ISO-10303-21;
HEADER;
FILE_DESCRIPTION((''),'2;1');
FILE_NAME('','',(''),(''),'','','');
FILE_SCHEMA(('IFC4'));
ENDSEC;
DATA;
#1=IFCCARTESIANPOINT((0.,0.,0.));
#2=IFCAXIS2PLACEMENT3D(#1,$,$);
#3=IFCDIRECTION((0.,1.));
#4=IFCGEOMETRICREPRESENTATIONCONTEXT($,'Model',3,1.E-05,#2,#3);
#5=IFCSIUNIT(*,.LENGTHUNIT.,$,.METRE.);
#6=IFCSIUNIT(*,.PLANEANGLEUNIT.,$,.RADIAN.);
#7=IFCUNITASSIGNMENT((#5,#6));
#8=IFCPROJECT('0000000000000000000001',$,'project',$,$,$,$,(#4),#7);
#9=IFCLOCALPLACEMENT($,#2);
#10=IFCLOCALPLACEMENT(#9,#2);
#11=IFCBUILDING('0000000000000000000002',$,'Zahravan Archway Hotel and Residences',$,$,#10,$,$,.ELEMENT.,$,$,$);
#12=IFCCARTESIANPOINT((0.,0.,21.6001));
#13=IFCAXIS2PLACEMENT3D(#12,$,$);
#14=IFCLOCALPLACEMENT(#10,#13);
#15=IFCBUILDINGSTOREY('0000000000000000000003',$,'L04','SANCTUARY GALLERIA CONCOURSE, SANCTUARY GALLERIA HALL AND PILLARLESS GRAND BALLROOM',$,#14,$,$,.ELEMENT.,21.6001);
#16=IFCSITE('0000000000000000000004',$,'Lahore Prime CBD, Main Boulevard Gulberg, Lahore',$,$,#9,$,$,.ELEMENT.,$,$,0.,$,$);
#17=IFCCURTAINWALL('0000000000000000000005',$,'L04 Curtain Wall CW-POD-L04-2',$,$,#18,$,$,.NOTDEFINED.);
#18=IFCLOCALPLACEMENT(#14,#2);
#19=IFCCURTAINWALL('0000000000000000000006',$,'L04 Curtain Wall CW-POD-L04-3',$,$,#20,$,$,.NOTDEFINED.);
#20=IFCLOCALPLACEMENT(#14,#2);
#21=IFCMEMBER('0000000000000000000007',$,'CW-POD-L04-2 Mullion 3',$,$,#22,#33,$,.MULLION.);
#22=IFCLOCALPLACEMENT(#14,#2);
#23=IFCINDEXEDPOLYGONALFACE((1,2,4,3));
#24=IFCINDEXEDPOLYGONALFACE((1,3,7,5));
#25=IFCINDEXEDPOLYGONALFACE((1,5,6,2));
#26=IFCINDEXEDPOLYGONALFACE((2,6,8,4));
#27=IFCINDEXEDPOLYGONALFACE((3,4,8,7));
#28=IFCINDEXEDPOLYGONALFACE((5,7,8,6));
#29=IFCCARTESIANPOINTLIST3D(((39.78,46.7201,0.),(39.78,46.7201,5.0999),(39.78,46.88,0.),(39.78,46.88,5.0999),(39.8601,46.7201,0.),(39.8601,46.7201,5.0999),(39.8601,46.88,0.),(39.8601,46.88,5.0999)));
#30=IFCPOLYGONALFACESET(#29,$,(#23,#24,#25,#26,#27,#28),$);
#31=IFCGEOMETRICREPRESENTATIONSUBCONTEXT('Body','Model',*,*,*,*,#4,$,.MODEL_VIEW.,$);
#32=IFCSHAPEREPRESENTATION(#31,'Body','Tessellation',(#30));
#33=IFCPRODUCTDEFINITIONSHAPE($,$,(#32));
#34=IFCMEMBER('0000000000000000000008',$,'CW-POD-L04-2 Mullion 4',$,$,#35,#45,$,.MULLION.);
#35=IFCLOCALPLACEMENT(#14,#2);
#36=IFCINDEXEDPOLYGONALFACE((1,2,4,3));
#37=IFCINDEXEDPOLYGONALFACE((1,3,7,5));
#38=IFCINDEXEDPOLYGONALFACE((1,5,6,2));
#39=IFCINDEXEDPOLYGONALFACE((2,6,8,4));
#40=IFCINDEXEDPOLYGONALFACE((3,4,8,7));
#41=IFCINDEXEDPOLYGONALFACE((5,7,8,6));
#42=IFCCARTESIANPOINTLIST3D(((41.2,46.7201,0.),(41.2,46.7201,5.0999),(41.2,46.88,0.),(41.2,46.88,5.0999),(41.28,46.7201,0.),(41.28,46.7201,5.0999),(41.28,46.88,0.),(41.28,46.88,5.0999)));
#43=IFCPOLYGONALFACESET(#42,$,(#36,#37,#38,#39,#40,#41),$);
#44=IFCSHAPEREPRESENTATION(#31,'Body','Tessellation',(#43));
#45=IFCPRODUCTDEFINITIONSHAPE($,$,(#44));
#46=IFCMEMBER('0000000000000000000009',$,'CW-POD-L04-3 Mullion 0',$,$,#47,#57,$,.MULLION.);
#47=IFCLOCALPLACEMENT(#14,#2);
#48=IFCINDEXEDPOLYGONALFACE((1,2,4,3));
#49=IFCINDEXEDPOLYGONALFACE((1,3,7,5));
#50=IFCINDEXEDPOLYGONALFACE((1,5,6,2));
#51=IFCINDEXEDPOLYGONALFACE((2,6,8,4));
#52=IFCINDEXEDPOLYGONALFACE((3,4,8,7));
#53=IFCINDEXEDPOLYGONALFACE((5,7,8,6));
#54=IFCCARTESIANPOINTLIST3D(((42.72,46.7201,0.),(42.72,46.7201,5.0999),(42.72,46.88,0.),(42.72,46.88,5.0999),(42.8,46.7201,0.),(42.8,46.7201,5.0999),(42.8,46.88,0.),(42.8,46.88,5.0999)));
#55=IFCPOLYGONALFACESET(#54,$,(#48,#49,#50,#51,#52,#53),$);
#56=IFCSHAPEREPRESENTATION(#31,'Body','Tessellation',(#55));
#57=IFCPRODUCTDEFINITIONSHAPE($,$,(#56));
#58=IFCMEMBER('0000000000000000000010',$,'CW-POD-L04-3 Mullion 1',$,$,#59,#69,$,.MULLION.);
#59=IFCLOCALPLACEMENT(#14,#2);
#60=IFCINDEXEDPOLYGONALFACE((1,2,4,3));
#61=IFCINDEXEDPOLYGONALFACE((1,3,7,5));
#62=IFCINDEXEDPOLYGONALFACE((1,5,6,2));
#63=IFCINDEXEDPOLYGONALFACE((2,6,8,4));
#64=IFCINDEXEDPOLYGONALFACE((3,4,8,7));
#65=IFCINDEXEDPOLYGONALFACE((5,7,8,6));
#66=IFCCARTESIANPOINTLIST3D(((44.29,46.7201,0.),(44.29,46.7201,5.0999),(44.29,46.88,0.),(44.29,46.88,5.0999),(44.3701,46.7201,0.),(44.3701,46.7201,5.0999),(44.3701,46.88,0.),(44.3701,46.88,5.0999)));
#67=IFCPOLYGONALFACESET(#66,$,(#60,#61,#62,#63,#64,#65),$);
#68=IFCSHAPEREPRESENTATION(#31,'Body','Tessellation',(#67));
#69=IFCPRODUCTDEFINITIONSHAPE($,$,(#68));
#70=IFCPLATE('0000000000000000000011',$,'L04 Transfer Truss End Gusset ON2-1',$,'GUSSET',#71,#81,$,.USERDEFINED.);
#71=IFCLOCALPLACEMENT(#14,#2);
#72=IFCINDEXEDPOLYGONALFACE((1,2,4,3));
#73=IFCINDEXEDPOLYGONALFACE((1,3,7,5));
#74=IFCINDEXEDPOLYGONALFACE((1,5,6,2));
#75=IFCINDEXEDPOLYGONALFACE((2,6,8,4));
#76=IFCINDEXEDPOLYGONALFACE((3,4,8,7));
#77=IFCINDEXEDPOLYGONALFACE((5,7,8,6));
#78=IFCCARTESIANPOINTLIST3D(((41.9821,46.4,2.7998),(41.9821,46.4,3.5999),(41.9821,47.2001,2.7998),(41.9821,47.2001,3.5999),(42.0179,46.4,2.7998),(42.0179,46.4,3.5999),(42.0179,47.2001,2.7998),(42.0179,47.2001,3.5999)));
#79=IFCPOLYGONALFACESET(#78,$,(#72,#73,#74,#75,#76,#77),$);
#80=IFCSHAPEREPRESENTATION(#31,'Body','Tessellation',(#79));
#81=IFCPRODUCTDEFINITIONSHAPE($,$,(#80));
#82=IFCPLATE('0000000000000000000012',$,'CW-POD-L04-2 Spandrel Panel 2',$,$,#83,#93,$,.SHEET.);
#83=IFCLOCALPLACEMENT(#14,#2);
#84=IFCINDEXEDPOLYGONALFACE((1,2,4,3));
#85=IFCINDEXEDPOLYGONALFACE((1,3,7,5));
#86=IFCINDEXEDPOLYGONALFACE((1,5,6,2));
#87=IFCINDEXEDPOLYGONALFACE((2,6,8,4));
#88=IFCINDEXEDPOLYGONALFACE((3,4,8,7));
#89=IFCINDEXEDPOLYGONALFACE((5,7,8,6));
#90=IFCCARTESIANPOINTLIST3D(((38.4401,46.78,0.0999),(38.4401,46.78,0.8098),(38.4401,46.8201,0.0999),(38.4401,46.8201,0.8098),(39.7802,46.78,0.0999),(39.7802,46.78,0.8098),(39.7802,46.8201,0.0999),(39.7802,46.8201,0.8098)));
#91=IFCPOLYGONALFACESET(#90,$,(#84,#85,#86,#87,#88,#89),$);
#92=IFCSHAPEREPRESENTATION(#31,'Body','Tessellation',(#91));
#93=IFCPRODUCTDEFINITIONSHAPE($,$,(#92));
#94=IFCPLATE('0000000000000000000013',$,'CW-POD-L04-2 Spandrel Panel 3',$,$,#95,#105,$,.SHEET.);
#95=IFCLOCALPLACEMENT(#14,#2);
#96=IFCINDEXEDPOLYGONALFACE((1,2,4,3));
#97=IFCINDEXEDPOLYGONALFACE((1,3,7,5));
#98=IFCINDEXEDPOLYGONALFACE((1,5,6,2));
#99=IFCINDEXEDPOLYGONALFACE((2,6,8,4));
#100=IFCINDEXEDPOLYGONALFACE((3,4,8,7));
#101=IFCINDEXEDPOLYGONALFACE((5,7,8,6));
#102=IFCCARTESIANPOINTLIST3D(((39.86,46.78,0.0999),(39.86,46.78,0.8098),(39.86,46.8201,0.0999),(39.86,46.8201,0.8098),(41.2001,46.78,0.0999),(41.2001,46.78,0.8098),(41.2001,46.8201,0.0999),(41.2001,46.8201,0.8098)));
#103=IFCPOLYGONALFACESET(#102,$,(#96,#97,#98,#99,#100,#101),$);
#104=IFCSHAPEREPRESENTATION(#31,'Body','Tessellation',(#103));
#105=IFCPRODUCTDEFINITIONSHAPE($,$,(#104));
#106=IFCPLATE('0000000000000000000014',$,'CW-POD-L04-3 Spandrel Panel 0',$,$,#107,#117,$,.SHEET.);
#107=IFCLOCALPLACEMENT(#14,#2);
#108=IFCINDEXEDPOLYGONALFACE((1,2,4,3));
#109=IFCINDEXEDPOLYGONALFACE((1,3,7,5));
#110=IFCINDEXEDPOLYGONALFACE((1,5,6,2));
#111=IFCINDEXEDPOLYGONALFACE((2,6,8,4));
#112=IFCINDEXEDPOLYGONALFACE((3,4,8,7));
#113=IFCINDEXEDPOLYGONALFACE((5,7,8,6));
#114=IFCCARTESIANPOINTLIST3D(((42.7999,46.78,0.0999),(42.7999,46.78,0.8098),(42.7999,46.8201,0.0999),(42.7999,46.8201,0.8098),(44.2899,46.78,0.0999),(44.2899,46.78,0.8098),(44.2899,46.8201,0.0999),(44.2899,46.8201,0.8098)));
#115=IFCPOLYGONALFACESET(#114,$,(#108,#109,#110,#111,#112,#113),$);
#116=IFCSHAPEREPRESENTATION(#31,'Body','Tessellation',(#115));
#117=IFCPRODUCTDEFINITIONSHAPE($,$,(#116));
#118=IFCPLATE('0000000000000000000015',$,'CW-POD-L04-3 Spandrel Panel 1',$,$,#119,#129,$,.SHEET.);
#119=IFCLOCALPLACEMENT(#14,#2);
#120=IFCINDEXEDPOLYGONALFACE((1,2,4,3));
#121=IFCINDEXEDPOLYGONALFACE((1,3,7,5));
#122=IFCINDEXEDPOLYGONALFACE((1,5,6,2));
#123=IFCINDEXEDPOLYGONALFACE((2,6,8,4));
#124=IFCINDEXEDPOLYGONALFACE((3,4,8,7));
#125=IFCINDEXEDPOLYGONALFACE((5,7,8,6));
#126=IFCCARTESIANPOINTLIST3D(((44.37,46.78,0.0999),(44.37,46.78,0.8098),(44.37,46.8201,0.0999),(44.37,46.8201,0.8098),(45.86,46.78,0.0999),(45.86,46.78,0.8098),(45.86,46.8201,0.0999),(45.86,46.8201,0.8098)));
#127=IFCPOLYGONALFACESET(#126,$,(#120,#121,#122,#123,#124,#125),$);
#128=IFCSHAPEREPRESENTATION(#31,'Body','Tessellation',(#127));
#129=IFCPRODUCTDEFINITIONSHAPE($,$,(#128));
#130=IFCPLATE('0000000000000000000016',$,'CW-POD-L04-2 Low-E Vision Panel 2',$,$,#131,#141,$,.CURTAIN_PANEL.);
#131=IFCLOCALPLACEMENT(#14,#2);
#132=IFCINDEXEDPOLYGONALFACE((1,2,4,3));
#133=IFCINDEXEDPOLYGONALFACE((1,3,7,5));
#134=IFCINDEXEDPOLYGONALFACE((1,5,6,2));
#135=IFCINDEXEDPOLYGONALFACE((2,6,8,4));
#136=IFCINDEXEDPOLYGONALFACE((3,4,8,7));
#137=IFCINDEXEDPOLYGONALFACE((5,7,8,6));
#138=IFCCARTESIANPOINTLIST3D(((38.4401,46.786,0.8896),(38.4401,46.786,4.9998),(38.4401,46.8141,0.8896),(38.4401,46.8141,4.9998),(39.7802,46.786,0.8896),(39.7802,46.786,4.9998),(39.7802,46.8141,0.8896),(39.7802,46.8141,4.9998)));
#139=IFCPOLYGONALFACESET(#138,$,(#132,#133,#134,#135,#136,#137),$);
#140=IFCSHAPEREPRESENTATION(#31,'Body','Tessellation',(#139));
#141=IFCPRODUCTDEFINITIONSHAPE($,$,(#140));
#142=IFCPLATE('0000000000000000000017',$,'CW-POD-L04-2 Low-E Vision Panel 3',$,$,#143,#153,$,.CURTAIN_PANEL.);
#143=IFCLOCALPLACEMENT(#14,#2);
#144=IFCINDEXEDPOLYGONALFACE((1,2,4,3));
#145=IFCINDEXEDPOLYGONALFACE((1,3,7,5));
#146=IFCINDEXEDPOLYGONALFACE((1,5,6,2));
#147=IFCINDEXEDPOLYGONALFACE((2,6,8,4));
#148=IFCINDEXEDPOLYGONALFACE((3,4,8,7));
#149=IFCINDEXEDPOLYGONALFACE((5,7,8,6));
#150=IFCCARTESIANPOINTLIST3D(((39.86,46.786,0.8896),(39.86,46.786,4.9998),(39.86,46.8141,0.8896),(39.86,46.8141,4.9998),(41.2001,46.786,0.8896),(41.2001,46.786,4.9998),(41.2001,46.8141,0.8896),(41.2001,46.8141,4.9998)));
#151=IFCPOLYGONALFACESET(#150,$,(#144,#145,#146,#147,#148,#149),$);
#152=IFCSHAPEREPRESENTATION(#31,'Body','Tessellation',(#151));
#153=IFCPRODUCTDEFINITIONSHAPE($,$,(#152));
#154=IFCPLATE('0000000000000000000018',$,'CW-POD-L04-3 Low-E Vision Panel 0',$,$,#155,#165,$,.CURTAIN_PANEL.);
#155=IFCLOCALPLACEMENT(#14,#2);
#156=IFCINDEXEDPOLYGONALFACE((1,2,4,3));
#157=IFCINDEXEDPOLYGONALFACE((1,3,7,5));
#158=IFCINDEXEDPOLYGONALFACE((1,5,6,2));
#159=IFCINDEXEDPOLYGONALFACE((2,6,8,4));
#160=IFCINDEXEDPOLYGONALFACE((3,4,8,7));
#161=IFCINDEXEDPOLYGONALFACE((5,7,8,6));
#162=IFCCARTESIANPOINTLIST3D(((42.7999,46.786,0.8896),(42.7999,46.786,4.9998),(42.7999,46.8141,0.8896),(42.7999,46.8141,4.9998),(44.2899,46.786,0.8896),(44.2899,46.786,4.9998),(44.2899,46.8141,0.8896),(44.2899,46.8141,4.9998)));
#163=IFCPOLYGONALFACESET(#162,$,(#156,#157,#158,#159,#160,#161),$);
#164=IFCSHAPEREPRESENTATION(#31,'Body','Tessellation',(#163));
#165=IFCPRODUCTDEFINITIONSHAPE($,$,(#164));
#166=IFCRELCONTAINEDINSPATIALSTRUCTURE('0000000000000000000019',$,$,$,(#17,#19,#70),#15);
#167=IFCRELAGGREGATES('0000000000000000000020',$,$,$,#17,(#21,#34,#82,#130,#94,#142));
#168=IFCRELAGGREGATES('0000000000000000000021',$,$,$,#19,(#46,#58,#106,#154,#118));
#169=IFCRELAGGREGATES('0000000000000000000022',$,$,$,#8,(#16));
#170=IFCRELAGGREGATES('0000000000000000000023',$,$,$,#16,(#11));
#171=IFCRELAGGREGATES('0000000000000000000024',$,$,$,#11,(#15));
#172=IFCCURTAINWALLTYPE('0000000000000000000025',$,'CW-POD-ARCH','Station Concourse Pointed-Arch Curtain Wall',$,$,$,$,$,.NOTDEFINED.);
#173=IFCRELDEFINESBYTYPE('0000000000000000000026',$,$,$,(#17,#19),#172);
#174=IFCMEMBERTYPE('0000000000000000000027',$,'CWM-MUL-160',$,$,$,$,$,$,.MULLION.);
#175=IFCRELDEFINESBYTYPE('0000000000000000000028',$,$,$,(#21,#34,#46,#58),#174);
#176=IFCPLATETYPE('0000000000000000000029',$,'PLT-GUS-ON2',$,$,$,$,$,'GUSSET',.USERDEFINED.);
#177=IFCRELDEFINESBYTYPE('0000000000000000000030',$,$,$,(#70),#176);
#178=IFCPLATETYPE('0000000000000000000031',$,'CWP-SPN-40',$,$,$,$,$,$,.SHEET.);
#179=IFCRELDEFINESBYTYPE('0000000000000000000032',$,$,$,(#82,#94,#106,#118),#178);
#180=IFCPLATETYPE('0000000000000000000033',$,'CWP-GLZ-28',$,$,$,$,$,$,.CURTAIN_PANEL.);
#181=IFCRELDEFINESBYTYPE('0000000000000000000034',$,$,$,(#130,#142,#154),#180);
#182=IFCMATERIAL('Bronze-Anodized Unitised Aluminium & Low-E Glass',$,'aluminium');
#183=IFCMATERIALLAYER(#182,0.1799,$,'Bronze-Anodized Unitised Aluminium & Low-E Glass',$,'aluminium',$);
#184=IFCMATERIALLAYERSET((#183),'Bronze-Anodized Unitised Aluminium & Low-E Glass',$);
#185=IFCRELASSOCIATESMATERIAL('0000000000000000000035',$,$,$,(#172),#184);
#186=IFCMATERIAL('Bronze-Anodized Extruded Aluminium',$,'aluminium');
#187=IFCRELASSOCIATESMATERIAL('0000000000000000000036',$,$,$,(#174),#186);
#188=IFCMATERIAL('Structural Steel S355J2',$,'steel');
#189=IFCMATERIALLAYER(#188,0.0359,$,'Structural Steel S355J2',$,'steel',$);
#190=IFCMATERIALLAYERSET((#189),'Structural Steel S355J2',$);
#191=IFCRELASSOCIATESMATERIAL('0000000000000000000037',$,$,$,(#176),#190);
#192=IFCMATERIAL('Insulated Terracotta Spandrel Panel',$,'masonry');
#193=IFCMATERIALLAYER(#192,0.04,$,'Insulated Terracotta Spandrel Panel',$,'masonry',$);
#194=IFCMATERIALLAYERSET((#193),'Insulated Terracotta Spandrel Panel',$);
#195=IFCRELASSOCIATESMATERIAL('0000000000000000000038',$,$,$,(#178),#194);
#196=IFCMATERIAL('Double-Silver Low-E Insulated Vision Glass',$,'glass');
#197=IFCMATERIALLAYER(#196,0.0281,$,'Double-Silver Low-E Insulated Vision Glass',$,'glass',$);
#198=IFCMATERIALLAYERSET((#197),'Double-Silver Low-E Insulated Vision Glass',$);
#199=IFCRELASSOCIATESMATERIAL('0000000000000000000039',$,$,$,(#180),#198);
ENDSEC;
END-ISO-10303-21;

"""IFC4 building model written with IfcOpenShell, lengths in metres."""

from ifc_helpers import new_model, si_unit, direction, frame, origin, origin_2d, place, context, subcontext, project, spatial, rectangle, extrude, source, transform, mapped, material, layer, layer_set, material_profile, profile_set, type_object, type_shapes, element, aggregate, save


model = new_model("IFC4")

# Units and contexts
model_context = context("Model", 3, precision=1e-05, world=origin(), true_north=direction((0.0, 1.0)))
body_context = subcontext(model_context, "Body", "Model", "MODEL_VIEW")
ifc_project = project(units=[si_unit("LENGTHUNIT", "METRE"), si_unit("PLANEANGLEUNIT", "RADIAN")], contexts=[model_context])

# Site, building, storey
site_placement = place(None, origin())
site = spatial("IfcSite", under=ifc_project, at=site_placement, Name="Lahore Prime CBD, Main Boulevard Gulberg, Lahore", CompositionType="ELEMENT", RefElevation=0.0)
building_placement = place(site_placement, origin())
building = spatial("IfcBuilding", under=site, at=building_placement, Name="Zahravan Archway Hotel and Residences", CompositionType="ELEMENT")
storey_placement = place(building_placement, frame((0.0, 0.0, 21.6001)))
storey = spatial("IfcBuildingStorey", under=building, at=storey_placement, Name="L04", Description="SANCTUARY GALLERIA CONCOURSE, SANCTUARY GALLERIA HALL AND PILLARLESS GRAND BALLROOM", CompositionType="ELEMENT", Elevation=21.6001)

# Curtain walls
ifc_material_1 = material(Name="Bronze-Anodized Unitised Aluminium & Low-E Glass", Category="aluminium")
ifc_layer_1 = layer(ifc_material_1, 0.1799, Name="Bronze-Anodized Unitised Aluminium & Low-E Glass", Category="aluminium")
ifc_layer_set_1 = layer_set([ifc_layer_1], Name="Bronze-Anodized Unitised Aluminium & Low-E Glass")
curtain_wall_type = type_object("IfcCurtainWallType", Name="CW-POD-ARCH", Description="Station Concourse Pointed-Arch Curtain Wall", PredefinedType="NOTDEFINED", material=ifc_layer_set_1)
curtain_wall_1_placement = place(storey_placement, origin())
curtain_wall_1 = element("IfcCurtainWall", 1, at=curtain_wall_1_placement, inside=storey, type_object=curtain_wall_type, Name="L04 Curtain Wall CW-POD-L04-2", PredefinedType="NOTDEFINED")
ifc_material_2 = material(Name="Bronze-Anodized Extruded Aluminium", Category="aluminium")
curtain_wall_2_placement = place(storey_placement, origin())
curtain_wall_2 = element("IfcCurtainWall", 2, at=curtain_wall_2_placement, inside=storey, type_object=curtain_wall_type, Name="L04 Curtain Wall CW-POD-L04-3", PredefinedType="NOTDEFINED")

# Members
ifc_material_profile_1 = material_profile(ifc_material_2, rectangle(XDim=0.0801, YDim=0.1599, at=origin_2d()), Name="MUL 80x160", Category="aluminium")
ifc_profile_set_1 = profile_set([ifc_material_profile_1], Name="Bronze-Anodized Extruded Aluminium")
member_type_1 = type_object("IfcMemberType", Name="CWM-MUL-160", PredefinedType="MULLION", material=ifc_profile_set_1)
shared_shape_1 = source(origin(), body_context, "Body", "SweptSolid", [
    extrude(rectangle(XDim=0.0801, YDim=0.1599, at=origin_2d()), origin(), (0.0, 0.0, 1.0), 5.0999),
])
member_1_placement = place(storey_placement, frame((39.8201, 46.8, 0.0), z_axis=(0.0, 0.0, 1.0), x_axis=(1.0, 0.0, 0.0)))
member_1 = element("IfcMember", 3, at=member_1_placement, type_object=member_type_1, Name="CW-POD-L04-2 Mullion 3", PredefinedType="MULLION", context=body_context, shape_type="MappedRepresentation", body=[
    mapped(shared_shape_1, transform((0.0, 0.0, 0.0), scale=1.0)),
])
member_2_placement = place(storey_placement, frame((41.24, 46.8, 0.0), z_axis=(0.0, 0.0, 1.0), x_axis=(1.0, 0.0, 0.0)))
member_2 = element("IfcMember", 4, at=member_2_placement, type_object=member_type_1, Name="CW-POD-L04-2 Mullion 4", PredefinedType="MULLION", context=body_context, shape_type="MappedRepresentation", body=[
    mapped(shared_shape_1, transform((0.0, 0.0, 0.0), scale=1.0)),
])
member_3_placement = place(storey_placement, frame((42.76, 46.8, 0.0), z_axis=(0.0, 0.0, 1.0), x_axis=(1.0, 0.0, 0.0)))
member_3 = element("IfcMember", 5, at=member_3_placement, type_object=member_type_1, Name="CW-POD-L04-3 Mullion 0", PredefinedType="MULLION", context=body_context, shape_type="MappedRepresentation", body=[
    mapped(shared_shape_1, transform((0.0, 0.0, 0.0), scale=1.0)),
])
member_4_placement = place(storey_placement, frame((44.3301, 46.8, 0.0), z_axis=(0.0, 0.0, 1.0), x_axis=(1.0, 0.0, 0.0)))
member_4 = element("IfcMember", 6, at=member_4_placement, type_object=member_type_1, Name="CW-POD-L04-3 Mullion 1", PredefinedType="MULLION", context=body_context, shape_type="MappedRepresentation", body=[
    mapped(shared_shape_1, transform((0.0, 0.0, 0.0), scale=1.0)),
])

# Plates
ifc_material_3 = material(Name="Structural Steel S355J2", Category="steel")
ifc_layer_2 = layer(ifc_material_3, 0.0359, Name="Structural Steel S355J2", Category="steel")
ifc_layer_set_2 = layer_set([ifc_layer_2], Name="Structural Steel S355J2")
plate_type_1 = type_object("IfcPlateType", Name="PLT-GUS-ON2", ElementType="GUSSET", PredefinedType="USERDEFINED", material=ifc_layer_set_2)
shared_shape_2 = source(origin(), body_context, "Body", "SweptSolid", [
    extrude(rectangle(XDim=0.8, YDim=0.0359, at=origin_2d()), origin(), (0.0, 0.0, 1.0), 0.8),
])
type_shapes(plate_type_1, [shared_shape_2])
plate_1_placement = place(storey_placement, frame((42.0, 46.8, 2.7998), z_axis=(0.0, 0.0, 1.0), x_axis=(0.0, 1.0, 0.0)))
element("IfcPlate", 7, at=plate_1_placement, inside=storey, type_object=plate_type_1, Name="L04 Transfer Truss End Gusset ON2-1", ObjectType="GUSSET", PredefinedType="USERDEFINED", context=body_context, shape_type="MappedRepresentation", body=[
    mapped(shared_shape_2, transform((0.0, 0.0, 0.0), scale=1.0)),
])
ifc_material_4 = material(Name="Insulated Terracotta Spandrel Panel", Category="masonry")
ifc_layer_3 = layer(ifc_material_4, 0.04, Name="Insulated Terracotta Spandrel Panel", Category="masonry")
ifc_layer_set_3 = layer_set([ifc_layer_3], Name="Insulated Terracotta Spandrel Panel")
plate_type_2 = type_object("IfcPlateType", Name="CWP-SPN-40", PredefinedType="SHEET", material=ifc_layer_set_3)
shared_shape_3 = source(origin(), body_context, "Body", "SweptSolid", [
    extrude(rectangle(XDim=1.3401, YDim=0.04, at=origin_2d()), origin(), (0.0, 0.0, 1.0), 0.71),
])
plate_2_placement = place(storey_placement, frame((39.1101, 46.8, 0.0999), z_axis=(0.0, 0.0, 1.0), x_axis=(1.0, 0.0, 0.0)))
plate_2 = element("IfcPlate", 8, at=plate_2_placement, type_object=plate_type_2, Name="CW-POD-L04-2 Spandrel Panel 2", PredefinedType="SHEET", context=body_context, shape_type="MappedRepresentation", body=[
    mapped(shared_shape_3, transform((0.0, 0.0, 0.0), scale=1.0)),
])
plate_3_placement = place(storey_placement, frame((40.53, 46.8, 0.0999), z_axis=(0.0, 0.0, 1.0), x_axis=(1.0, 0.0, 0.0)))
plate_3 = element("IfcPlate", 9, at=plate_3_placement, type_object=plate_type_2, Name="CW-POD-L04-2 Spandrel Panel 3", PredefinedType="SHEET", context=body_context, shape_type="MappedRepresentation", body=[
    mapped(shared_shape_3, transform((0.0, 0.0, 0.0), scale=1.0)),
])
shared_shape_4 = source(origin(), body_context, "Body", "SweptSolid", [
    extrude(rectangle(XDim=1.49, YDim=0.04, at=origin_2d()), origin(), (0.0, 0.0, 1.0), 0.71),
])
plate_4_placement = place(storey_placement, frame((43.5449, 46.8, 0.0999), z_axis=(0.0, 0.0, 1.0), x_axis=(1.0, 0.0, 0.0)))
plate_4 = element("IfcPlate", 10, at=plate_4_placement, type_object=plate_type_2, Name="CW-POD-L04-3 Spandrel Panel 0", PredefinedType="SHEET", context=body_context, shape_type="MappedRepresentation", body=[
    mapped(shared_shape_4, transform((0.0, 0.0, 0.0), scale=1.0)),
])
plate_5_placement = place(storey_placement, frame((45.115, 46.8, 0.0999), z_axis=(0.0, 0.0, 1.0), x_axis=(1.0, 0.0, 0.0)))
plate_5 = element("IfcPlate", 11, at=plate_5_placement, type_object=plate_type_2, Name="CW-POD-L04-3 Spandrel Panel 1", PredefinedType="SHEET", context=body_context, shape_type="MappedRepresentation", body=[
    mapped(shared_shape_4, transform((0.0, 0.0, 0.0), scale=1.0)),
])
ifc_material_5 = material(Name="Double-Silver Low-E Insulated Vision Glass", Category="glass")
ifc_layer_4 = layer(ifc_material_5, 0.0281, Name="Double-Silver Low-E Insulated Vision Glass", Category="glass")
ifc_layer_set_4 = layer_set([ifc_layer_4], Name="Double-Silver Low-E Insulated Vision Glass")
plate_type_3 = type_object("IfcPlateType", Name="CWP-GLZ-28", PredefinedType="CURTAIN_PANEL", material=ifc_layer_set_4)
shared_shape_5 = source(origin(), body_context, "Body", "SweptSolid", [
    extrude(rectangle(XDim=1.3401, YDim=0.0281, at=origin_2d()), origin(), (0.0, 0.0, 1.0), 4.1101),
])
plate_6_placement = place(storey_placement, frame((39.1101, 46.8, 0.8896), z_axis=(0.0, 0.0, 1.0), x_axis=(1.0, 0.0, 0.0)))
plate_6 = element("IfcPlate", 12, at=plate_6_placement, type_object=plate_type_3, Name="CW-POD-L04-2 Low-E Vision Panel 2", PredefinedType="CURTAIN_PANEL", context=body_context, shape_type="MappedRepresentation", body=[
    mapped(shared_shape_5, transform((0.0, 0.0, 0.0), scale=1.0)),
])
plate_7_placement = place(storey_placement, frame((40.53, 46.8, 0.8896), z_axis=(0.0, 0.0, 1.0), x_axis=(1.0, 0.0, 0.0)))
plate_7 = element("IfcPlate", 13, at=plate_7_placement, type_object=plate_type_3, Name="CW-POD-L04-2 Low-E Vision Panel 3", PredefinedType="CURTAIN_PANEL", context=body_context, shape_type="MappedRepresentation", body=[
    mapped(shared_shape_5, transform((0.0, 0.0, 0.0), scale=1.0)),
])
aggregate(curtain_wall_1, [member_1, member_2, plate_2, plate_6, plate_3, plate_7])
shared_shape_6 = source(origin(), body_context, "Body", "SweptSolid", [
    extrude(rectangle(XDim=1.49, YDim=0.0281, at=origin_2d()), origin(), (0.0, 0.0, 1.0), 4.1101),
])
plate_8_placement = place(storey_placement, frame((43.5449, 46.8, 0.8896), z_axis=(0.0, 0.0, 1.0), x_axis=(1.0, 0.0, 0.0)))
plate_8 = element("IfcPlate", 14, at=plate_8_placement, type_object=plate_type_3, Name="CW-POD-L04-3 Low-E Vision Panel 0", PredefinedType="CURTAIN_PANEL", context=body_context, shape_type="MappedRepresentation", body=[
    mapped(shared_shape_6, transform((0.0, 0.0, 0.0), scale=1.0)),
])
aggregate(curtain_wall_2, [member_3, member_4, plate_4, plate_8, plate_5])

save(model, "model.ifc")
